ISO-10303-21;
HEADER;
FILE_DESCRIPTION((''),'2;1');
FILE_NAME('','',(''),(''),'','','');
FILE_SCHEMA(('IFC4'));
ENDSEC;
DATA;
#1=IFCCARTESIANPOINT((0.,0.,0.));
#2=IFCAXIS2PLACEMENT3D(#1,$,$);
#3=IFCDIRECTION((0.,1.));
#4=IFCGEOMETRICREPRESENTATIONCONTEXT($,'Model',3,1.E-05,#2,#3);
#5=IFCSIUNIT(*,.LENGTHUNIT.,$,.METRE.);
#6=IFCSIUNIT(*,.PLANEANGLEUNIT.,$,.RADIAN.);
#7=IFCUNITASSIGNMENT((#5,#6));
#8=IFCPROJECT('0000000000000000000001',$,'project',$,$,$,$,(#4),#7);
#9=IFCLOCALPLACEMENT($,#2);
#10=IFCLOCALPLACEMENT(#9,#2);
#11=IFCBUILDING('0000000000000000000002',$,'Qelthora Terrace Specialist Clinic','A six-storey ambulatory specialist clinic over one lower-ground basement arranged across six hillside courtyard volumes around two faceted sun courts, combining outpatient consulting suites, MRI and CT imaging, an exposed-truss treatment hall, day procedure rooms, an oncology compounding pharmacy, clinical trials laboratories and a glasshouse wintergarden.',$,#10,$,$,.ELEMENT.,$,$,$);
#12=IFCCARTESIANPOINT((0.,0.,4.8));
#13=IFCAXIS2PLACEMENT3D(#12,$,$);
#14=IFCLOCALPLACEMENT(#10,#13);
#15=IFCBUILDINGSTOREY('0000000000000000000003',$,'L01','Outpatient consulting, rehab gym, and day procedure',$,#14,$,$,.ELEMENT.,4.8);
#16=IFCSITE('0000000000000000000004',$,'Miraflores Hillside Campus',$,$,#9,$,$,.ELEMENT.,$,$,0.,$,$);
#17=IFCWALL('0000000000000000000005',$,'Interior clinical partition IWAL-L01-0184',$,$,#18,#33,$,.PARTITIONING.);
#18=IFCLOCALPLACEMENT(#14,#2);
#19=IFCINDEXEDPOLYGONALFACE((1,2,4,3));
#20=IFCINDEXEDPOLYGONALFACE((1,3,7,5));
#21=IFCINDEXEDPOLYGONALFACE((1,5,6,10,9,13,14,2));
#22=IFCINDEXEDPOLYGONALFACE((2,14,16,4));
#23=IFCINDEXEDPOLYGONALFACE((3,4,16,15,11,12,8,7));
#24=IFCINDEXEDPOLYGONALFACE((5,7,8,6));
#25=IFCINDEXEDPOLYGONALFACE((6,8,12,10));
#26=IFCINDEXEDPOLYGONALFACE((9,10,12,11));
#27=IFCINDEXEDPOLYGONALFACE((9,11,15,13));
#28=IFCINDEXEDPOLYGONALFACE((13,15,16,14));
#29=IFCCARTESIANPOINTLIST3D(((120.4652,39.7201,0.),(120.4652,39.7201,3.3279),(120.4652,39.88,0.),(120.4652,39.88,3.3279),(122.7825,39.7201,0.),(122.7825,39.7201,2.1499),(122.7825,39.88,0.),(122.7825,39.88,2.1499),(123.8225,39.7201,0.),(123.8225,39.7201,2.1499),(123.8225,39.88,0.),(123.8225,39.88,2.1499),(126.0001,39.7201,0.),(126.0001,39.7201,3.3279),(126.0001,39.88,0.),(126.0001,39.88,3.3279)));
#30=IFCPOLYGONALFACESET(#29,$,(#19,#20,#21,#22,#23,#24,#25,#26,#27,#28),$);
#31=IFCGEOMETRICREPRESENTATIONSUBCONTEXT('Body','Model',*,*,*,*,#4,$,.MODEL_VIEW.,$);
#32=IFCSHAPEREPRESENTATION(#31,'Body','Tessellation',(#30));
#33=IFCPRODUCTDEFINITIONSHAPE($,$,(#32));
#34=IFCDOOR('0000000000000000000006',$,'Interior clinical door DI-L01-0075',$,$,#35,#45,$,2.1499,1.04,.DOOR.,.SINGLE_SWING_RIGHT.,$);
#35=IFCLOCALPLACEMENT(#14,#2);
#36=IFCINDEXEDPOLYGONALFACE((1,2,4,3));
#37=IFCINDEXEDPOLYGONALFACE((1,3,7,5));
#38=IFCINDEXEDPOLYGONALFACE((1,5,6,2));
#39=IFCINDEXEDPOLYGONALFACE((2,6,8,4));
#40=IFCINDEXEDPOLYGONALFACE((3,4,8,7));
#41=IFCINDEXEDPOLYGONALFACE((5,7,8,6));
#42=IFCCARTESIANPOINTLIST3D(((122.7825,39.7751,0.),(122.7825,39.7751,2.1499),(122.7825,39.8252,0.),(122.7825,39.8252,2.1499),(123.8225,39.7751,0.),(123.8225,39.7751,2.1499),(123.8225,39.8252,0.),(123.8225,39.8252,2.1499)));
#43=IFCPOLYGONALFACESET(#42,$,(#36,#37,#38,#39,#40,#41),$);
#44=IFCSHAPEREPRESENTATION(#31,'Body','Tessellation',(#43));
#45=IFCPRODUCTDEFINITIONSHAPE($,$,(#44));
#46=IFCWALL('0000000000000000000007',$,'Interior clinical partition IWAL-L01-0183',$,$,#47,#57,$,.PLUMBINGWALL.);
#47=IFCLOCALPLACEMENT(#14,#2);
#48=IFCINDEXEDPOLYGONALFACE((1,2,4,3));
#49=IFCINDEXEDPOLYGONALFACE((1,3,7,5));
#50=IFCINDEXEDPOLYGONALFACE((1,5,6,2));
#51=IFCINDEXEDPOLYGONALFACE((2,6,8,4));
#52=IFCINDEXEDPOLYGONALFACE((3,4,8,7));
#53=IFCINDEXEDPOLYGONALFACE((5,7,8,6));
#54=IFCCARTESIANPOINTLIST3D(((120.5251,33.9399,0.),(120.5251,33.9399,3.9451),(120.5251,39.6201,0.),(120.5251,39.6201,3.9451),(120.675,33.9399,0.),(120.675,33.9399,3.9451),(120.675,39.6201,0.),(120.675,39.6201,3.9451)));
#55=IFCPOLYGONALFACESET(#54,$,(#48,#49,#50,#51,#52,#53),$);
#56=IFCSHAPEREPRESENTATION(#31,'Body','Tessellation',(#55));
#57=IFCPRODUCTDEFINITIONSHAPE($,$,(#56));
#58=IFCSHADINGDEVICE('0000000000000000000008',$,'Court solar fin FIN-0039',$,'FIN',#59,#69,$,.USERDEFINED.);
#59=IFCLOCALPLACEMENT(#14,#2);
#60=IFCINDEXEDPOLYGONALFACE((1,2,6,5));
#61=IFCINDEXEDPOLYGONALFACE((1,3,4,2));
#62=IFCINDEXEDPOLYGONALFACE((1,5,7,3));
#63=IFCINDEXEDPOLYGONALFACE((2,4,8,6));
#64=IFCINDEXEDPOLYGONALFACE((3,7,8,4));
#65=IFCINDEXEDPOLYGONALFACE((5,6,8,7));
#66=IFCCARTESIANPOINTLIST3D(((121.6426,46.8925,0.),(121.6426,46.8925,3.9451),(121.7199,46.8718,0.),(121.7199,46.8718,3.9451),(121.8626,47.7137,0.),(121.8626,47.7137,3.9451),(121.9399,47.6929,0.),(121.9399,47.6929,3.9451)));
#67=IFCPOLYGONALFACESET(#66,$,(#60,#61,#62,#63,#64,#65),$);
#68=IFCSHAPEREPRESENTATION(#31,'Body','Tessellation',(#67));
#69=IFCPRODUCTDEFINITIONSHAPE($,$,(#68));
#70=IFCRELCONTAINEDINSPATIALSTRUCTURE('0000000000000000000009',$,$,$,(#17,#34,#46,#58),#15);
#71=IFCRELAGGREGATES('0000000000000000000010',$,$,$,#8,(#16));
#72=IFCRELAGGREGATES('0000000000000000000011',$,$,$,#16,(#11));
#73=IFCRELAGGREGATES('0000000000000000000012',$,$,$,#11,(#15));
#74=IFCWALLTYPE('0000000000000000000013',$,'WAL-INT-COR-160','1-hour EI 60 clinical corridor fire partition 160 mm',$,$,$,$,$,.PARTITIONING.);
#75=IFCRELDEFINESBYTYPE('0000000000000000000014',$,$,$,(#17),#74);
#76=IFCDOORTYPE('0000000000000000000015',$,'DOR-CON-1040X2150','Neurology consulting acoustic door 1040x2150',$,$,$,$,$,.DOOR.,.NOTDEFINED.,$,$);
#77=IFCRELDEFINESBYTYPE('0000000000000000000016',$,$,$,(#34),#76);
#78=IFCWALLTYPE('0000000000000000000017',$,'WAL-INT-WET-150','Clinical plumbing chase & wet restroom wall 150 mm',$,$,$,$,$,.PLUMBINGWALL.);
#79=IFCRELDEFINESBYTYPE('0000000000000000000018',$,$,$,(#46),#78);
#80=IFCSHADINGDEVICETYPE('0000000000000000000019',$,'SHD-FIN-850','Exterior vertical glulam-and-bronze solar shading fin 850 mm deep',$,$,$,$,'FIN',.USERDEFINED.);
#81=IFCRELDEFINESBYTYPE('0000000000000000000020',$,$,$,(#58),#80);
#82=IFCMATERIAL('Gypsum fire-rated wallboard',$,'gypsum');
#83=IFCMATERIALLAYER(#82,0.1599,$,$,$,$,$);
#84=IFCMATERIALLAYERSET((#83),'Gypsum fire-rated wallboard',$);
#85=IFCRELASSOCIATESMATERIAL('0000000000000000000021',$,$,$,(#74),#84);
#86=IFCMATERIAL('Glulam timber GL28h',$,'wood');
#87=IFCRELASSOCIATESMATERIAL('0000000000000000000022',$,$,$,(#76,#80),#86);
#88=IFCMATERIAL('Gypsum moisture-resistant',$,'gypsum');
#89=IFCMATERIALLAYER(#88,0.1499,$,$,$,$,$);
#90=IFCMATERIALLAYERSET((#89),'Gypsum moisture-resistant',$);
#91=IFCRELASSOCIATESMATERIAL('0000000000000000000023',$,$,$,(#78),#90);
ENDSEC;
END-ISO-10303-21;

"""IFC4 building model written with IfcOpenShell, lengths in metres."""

from ifc_helpers import new_model, si_unit, direction, frame, frame_2d, origin, origin_2d, place, context, subcontext, project, spatial, rectangle, extrude, material, layer, layer_set, type_object, element, fill, save


model = new_model("IFC4")

# Units and contexts
model_context = context("Model", 3, precision=1e-05, world=origin(), true_north=direction((0.0, 1.0)))
body_context = subcontext(model_context, "Body", "Model", "MODEL_VIEW")
ifc_project = project(units=[si_unit("LENGTHUNIT", "METRE"), si_unit("PLANEANGLEUNIT", "RADIAN")], contexts=[model_context])

# Site, building, storey
site_placement = place(None, origin())
site = spatial("IfcSite", under=ifc_project, at=site_placement, Name="Miraflores Hillside Campus", CompositionType="ELEMENT", RefElevation=0.0)
building_placement = place(site_placement, origin())
building = spatial("IfcBuilding", under=site, at=building_placement, Name="Qelthora Terrace Specialist Clinic", Description="A six-storey ambulatory specialist clinic over one lower-ground basement arranged across six hillside courtyard volumes around two faceted sun courts, combining outpatient consulting suites, MRI and CT imaging, an exposed-truss treatment hall, day procedure rooms, an oncology compounding pharmacy, clinical trials laboratories and a glasshouse wintergarden.", CompositionType="ELEMENT")
storey_placement = place(building_placement, frame((0.0, 0.0, 4.8)))
storey = spatial("IfcBuildingStorey", under=building, at=storey_placement, Name="L01", Description="Outpatient consulting, rehab gym, and day procedure", CompositionType="ELEMENT", Elevation=4.8)

# Wall, opening, door
ifc_material_1 = material(Name="Gypsum fire-rated wallboard", Category="gypsum")
ifc_layer_1 = layer(ifc_material_1, 0.1599)
ifc_layer_set_1 = layer_set([ifc_layer_1], Name="Gypsum fire-rated wallboard")
wall_type_1 = type_object("IfcWallType", Name="WAL-INT-COR-160", Description="1-hour EI 60 clinical corridor fire partition 160 mm", PredefinedType="PARTITIONING", material=ifc_layer_set_1)
wall_1_placement = place(storey_placement, frame((120.4651, 39.8, 0.0), z_axis=(0.0, 0.0, 1.0), x_axis=(1.0, 0.0, 0.0)))
wall_1 = element("IfcWall", 1, at=wall_1_placement, inside=storey, type_object=wall_type_1, Name="Interior clinical partition IWAL-L01-0184", PredefinedType="PARTITIONING", context=body_context, shape_type="SweptSolid", body=[
    extrude(rectangle(XDim=5.5349, YDim=0.1599, at=frame_2d((2.7676, 0.0))), origin(), (0.0, 0.0, 1.0), 3.3279),
])
opening_placement = place(wall_1_placement, frame((2.3174, 0.0, 0.0)))
opening = element("IfcOpeningElement", 2, at=opening_placement, cuts=wall_1, PredefinedType="OPENING", context=body_context, shape_type="SweptSolid", body=[
    extrude(rectangle(XDim=1.04, YDim=2.1499, at=frame_2d((0.52, 1.075))), frame((0.0, 0.0898, 0.0), z_axis=(0.0, -1.0, 0.0), x_axis=(1.0, 0.0, 0.0)), (0.0, 0.0, 1.0), 0.1799),
])
ifc_material_2 = material(Name="Glulam timber GL28h", Category="wood")
door_type = type_object("IfcDoorType", Name="DOR-CON-1040X2150", Description="Neurology consulting acoustic door 1040x2150", OperationType="NOTDEFINED", PredefinedType="DOOR", material=ifc_material_2)
door_placement = place(opening_placement, frame((1.04, 0.0, 0.0), z_axis=(0.0, 0.0, 1.0), x_axis=(-1.0, 0.0, 0.0)))
door = element("IfcDoor", 3, at=door_placement, inside=storey, type_object=door_type, Name="Interior clinical door DI-L01-0075", OperationType="SINGLE_SWING_RIGHT", OverallHeight=2.1499, OverallWidth=1.04, PredefinedType="DOOR", context=body_context, shape_type="SweptSolid", body=[
    extrude(rectangle(XDim=1.04, YDim=2.1499, at=frame_2d((0.52, 1.075))), frame((0.0, 0.0249, 0.0), z_axis=(0.0, -1.0, 0.0), x_axis=(1.0, 0.0, 0.0)), (0.0, 0.0, 1.0), 0.05),
])
fill(opening, door)

# Wall
ifc_material_3 = material(Name="Gypsum moisture-resistant", Category="gypsum")
ifc_layer_2 = layer(ifc_material_3, 0.1499)
ifc_layer_set_2 = layer_set([ifc_layer_2], Name="Gypsum moisture-resistant")
wall_type_2 = type_object("IfcWallType", Name="WAL-INT-WET-150", Description="Clinical plumbing chase & wet restroom wall 150 mm", PredefinedType="PLUMBINGWALL", material=ifc_layer_set_2)
wall_2_placement = place(storey_placement, frame((120.6001, 39.6201, 0.0), z_axis=(0.0, 0.0, 1.0), x_axis=(0.0, -1.0, 0.0)))
element("IfcWall", 4, at=wall_2_placement, inside=storey, type_object=wall_type_2, Name="Interior clinical partition IWAL-L01-0183", PredefinedType="PLUMBINGWALL", context=body_context, shape_type="SweptSolid", body=[
    extrude(rectangle(XDim=5.6802, YDim=0.1499, at=frame_2d((2.8401, 0.0))), origin(), (0.0, 0.0, 1.0), 3.9451),
])

# Shading device
shading_device_type = type_object("IfcShadingDeviceType", Name="SHD-FIN-850", Description="Exterior vertical glulam-and-bronze solar shading fin 850 mm deep", ElementType="FIN", PredefinedType="USERDEFINED", material=ifc_material_2)
shading_device_placement = place(storey_placement, frame((121.7913, 47.2927, 0.0), z_axis=(0.0, 0.0, 1.0), x_axis=(0.258819, 0.965926, 0.0)))
element("IfcShadingDevice", 5, at=shading_device_placement, inside=storey, type_object=shading_device_type, Name="Court solar fin FIN-0039", ObjectType="FIN", PredefinedType="USERDEFINED", context=body_context, shape_type="SweptSolid", body=[
    extrude(rectangle(XDim=0.8501, YDim=0.0801, at=origin_2d()), origin(), (0.0, 0.0, 1.0), 3.9451),
])

save(model, "model.ifc")
